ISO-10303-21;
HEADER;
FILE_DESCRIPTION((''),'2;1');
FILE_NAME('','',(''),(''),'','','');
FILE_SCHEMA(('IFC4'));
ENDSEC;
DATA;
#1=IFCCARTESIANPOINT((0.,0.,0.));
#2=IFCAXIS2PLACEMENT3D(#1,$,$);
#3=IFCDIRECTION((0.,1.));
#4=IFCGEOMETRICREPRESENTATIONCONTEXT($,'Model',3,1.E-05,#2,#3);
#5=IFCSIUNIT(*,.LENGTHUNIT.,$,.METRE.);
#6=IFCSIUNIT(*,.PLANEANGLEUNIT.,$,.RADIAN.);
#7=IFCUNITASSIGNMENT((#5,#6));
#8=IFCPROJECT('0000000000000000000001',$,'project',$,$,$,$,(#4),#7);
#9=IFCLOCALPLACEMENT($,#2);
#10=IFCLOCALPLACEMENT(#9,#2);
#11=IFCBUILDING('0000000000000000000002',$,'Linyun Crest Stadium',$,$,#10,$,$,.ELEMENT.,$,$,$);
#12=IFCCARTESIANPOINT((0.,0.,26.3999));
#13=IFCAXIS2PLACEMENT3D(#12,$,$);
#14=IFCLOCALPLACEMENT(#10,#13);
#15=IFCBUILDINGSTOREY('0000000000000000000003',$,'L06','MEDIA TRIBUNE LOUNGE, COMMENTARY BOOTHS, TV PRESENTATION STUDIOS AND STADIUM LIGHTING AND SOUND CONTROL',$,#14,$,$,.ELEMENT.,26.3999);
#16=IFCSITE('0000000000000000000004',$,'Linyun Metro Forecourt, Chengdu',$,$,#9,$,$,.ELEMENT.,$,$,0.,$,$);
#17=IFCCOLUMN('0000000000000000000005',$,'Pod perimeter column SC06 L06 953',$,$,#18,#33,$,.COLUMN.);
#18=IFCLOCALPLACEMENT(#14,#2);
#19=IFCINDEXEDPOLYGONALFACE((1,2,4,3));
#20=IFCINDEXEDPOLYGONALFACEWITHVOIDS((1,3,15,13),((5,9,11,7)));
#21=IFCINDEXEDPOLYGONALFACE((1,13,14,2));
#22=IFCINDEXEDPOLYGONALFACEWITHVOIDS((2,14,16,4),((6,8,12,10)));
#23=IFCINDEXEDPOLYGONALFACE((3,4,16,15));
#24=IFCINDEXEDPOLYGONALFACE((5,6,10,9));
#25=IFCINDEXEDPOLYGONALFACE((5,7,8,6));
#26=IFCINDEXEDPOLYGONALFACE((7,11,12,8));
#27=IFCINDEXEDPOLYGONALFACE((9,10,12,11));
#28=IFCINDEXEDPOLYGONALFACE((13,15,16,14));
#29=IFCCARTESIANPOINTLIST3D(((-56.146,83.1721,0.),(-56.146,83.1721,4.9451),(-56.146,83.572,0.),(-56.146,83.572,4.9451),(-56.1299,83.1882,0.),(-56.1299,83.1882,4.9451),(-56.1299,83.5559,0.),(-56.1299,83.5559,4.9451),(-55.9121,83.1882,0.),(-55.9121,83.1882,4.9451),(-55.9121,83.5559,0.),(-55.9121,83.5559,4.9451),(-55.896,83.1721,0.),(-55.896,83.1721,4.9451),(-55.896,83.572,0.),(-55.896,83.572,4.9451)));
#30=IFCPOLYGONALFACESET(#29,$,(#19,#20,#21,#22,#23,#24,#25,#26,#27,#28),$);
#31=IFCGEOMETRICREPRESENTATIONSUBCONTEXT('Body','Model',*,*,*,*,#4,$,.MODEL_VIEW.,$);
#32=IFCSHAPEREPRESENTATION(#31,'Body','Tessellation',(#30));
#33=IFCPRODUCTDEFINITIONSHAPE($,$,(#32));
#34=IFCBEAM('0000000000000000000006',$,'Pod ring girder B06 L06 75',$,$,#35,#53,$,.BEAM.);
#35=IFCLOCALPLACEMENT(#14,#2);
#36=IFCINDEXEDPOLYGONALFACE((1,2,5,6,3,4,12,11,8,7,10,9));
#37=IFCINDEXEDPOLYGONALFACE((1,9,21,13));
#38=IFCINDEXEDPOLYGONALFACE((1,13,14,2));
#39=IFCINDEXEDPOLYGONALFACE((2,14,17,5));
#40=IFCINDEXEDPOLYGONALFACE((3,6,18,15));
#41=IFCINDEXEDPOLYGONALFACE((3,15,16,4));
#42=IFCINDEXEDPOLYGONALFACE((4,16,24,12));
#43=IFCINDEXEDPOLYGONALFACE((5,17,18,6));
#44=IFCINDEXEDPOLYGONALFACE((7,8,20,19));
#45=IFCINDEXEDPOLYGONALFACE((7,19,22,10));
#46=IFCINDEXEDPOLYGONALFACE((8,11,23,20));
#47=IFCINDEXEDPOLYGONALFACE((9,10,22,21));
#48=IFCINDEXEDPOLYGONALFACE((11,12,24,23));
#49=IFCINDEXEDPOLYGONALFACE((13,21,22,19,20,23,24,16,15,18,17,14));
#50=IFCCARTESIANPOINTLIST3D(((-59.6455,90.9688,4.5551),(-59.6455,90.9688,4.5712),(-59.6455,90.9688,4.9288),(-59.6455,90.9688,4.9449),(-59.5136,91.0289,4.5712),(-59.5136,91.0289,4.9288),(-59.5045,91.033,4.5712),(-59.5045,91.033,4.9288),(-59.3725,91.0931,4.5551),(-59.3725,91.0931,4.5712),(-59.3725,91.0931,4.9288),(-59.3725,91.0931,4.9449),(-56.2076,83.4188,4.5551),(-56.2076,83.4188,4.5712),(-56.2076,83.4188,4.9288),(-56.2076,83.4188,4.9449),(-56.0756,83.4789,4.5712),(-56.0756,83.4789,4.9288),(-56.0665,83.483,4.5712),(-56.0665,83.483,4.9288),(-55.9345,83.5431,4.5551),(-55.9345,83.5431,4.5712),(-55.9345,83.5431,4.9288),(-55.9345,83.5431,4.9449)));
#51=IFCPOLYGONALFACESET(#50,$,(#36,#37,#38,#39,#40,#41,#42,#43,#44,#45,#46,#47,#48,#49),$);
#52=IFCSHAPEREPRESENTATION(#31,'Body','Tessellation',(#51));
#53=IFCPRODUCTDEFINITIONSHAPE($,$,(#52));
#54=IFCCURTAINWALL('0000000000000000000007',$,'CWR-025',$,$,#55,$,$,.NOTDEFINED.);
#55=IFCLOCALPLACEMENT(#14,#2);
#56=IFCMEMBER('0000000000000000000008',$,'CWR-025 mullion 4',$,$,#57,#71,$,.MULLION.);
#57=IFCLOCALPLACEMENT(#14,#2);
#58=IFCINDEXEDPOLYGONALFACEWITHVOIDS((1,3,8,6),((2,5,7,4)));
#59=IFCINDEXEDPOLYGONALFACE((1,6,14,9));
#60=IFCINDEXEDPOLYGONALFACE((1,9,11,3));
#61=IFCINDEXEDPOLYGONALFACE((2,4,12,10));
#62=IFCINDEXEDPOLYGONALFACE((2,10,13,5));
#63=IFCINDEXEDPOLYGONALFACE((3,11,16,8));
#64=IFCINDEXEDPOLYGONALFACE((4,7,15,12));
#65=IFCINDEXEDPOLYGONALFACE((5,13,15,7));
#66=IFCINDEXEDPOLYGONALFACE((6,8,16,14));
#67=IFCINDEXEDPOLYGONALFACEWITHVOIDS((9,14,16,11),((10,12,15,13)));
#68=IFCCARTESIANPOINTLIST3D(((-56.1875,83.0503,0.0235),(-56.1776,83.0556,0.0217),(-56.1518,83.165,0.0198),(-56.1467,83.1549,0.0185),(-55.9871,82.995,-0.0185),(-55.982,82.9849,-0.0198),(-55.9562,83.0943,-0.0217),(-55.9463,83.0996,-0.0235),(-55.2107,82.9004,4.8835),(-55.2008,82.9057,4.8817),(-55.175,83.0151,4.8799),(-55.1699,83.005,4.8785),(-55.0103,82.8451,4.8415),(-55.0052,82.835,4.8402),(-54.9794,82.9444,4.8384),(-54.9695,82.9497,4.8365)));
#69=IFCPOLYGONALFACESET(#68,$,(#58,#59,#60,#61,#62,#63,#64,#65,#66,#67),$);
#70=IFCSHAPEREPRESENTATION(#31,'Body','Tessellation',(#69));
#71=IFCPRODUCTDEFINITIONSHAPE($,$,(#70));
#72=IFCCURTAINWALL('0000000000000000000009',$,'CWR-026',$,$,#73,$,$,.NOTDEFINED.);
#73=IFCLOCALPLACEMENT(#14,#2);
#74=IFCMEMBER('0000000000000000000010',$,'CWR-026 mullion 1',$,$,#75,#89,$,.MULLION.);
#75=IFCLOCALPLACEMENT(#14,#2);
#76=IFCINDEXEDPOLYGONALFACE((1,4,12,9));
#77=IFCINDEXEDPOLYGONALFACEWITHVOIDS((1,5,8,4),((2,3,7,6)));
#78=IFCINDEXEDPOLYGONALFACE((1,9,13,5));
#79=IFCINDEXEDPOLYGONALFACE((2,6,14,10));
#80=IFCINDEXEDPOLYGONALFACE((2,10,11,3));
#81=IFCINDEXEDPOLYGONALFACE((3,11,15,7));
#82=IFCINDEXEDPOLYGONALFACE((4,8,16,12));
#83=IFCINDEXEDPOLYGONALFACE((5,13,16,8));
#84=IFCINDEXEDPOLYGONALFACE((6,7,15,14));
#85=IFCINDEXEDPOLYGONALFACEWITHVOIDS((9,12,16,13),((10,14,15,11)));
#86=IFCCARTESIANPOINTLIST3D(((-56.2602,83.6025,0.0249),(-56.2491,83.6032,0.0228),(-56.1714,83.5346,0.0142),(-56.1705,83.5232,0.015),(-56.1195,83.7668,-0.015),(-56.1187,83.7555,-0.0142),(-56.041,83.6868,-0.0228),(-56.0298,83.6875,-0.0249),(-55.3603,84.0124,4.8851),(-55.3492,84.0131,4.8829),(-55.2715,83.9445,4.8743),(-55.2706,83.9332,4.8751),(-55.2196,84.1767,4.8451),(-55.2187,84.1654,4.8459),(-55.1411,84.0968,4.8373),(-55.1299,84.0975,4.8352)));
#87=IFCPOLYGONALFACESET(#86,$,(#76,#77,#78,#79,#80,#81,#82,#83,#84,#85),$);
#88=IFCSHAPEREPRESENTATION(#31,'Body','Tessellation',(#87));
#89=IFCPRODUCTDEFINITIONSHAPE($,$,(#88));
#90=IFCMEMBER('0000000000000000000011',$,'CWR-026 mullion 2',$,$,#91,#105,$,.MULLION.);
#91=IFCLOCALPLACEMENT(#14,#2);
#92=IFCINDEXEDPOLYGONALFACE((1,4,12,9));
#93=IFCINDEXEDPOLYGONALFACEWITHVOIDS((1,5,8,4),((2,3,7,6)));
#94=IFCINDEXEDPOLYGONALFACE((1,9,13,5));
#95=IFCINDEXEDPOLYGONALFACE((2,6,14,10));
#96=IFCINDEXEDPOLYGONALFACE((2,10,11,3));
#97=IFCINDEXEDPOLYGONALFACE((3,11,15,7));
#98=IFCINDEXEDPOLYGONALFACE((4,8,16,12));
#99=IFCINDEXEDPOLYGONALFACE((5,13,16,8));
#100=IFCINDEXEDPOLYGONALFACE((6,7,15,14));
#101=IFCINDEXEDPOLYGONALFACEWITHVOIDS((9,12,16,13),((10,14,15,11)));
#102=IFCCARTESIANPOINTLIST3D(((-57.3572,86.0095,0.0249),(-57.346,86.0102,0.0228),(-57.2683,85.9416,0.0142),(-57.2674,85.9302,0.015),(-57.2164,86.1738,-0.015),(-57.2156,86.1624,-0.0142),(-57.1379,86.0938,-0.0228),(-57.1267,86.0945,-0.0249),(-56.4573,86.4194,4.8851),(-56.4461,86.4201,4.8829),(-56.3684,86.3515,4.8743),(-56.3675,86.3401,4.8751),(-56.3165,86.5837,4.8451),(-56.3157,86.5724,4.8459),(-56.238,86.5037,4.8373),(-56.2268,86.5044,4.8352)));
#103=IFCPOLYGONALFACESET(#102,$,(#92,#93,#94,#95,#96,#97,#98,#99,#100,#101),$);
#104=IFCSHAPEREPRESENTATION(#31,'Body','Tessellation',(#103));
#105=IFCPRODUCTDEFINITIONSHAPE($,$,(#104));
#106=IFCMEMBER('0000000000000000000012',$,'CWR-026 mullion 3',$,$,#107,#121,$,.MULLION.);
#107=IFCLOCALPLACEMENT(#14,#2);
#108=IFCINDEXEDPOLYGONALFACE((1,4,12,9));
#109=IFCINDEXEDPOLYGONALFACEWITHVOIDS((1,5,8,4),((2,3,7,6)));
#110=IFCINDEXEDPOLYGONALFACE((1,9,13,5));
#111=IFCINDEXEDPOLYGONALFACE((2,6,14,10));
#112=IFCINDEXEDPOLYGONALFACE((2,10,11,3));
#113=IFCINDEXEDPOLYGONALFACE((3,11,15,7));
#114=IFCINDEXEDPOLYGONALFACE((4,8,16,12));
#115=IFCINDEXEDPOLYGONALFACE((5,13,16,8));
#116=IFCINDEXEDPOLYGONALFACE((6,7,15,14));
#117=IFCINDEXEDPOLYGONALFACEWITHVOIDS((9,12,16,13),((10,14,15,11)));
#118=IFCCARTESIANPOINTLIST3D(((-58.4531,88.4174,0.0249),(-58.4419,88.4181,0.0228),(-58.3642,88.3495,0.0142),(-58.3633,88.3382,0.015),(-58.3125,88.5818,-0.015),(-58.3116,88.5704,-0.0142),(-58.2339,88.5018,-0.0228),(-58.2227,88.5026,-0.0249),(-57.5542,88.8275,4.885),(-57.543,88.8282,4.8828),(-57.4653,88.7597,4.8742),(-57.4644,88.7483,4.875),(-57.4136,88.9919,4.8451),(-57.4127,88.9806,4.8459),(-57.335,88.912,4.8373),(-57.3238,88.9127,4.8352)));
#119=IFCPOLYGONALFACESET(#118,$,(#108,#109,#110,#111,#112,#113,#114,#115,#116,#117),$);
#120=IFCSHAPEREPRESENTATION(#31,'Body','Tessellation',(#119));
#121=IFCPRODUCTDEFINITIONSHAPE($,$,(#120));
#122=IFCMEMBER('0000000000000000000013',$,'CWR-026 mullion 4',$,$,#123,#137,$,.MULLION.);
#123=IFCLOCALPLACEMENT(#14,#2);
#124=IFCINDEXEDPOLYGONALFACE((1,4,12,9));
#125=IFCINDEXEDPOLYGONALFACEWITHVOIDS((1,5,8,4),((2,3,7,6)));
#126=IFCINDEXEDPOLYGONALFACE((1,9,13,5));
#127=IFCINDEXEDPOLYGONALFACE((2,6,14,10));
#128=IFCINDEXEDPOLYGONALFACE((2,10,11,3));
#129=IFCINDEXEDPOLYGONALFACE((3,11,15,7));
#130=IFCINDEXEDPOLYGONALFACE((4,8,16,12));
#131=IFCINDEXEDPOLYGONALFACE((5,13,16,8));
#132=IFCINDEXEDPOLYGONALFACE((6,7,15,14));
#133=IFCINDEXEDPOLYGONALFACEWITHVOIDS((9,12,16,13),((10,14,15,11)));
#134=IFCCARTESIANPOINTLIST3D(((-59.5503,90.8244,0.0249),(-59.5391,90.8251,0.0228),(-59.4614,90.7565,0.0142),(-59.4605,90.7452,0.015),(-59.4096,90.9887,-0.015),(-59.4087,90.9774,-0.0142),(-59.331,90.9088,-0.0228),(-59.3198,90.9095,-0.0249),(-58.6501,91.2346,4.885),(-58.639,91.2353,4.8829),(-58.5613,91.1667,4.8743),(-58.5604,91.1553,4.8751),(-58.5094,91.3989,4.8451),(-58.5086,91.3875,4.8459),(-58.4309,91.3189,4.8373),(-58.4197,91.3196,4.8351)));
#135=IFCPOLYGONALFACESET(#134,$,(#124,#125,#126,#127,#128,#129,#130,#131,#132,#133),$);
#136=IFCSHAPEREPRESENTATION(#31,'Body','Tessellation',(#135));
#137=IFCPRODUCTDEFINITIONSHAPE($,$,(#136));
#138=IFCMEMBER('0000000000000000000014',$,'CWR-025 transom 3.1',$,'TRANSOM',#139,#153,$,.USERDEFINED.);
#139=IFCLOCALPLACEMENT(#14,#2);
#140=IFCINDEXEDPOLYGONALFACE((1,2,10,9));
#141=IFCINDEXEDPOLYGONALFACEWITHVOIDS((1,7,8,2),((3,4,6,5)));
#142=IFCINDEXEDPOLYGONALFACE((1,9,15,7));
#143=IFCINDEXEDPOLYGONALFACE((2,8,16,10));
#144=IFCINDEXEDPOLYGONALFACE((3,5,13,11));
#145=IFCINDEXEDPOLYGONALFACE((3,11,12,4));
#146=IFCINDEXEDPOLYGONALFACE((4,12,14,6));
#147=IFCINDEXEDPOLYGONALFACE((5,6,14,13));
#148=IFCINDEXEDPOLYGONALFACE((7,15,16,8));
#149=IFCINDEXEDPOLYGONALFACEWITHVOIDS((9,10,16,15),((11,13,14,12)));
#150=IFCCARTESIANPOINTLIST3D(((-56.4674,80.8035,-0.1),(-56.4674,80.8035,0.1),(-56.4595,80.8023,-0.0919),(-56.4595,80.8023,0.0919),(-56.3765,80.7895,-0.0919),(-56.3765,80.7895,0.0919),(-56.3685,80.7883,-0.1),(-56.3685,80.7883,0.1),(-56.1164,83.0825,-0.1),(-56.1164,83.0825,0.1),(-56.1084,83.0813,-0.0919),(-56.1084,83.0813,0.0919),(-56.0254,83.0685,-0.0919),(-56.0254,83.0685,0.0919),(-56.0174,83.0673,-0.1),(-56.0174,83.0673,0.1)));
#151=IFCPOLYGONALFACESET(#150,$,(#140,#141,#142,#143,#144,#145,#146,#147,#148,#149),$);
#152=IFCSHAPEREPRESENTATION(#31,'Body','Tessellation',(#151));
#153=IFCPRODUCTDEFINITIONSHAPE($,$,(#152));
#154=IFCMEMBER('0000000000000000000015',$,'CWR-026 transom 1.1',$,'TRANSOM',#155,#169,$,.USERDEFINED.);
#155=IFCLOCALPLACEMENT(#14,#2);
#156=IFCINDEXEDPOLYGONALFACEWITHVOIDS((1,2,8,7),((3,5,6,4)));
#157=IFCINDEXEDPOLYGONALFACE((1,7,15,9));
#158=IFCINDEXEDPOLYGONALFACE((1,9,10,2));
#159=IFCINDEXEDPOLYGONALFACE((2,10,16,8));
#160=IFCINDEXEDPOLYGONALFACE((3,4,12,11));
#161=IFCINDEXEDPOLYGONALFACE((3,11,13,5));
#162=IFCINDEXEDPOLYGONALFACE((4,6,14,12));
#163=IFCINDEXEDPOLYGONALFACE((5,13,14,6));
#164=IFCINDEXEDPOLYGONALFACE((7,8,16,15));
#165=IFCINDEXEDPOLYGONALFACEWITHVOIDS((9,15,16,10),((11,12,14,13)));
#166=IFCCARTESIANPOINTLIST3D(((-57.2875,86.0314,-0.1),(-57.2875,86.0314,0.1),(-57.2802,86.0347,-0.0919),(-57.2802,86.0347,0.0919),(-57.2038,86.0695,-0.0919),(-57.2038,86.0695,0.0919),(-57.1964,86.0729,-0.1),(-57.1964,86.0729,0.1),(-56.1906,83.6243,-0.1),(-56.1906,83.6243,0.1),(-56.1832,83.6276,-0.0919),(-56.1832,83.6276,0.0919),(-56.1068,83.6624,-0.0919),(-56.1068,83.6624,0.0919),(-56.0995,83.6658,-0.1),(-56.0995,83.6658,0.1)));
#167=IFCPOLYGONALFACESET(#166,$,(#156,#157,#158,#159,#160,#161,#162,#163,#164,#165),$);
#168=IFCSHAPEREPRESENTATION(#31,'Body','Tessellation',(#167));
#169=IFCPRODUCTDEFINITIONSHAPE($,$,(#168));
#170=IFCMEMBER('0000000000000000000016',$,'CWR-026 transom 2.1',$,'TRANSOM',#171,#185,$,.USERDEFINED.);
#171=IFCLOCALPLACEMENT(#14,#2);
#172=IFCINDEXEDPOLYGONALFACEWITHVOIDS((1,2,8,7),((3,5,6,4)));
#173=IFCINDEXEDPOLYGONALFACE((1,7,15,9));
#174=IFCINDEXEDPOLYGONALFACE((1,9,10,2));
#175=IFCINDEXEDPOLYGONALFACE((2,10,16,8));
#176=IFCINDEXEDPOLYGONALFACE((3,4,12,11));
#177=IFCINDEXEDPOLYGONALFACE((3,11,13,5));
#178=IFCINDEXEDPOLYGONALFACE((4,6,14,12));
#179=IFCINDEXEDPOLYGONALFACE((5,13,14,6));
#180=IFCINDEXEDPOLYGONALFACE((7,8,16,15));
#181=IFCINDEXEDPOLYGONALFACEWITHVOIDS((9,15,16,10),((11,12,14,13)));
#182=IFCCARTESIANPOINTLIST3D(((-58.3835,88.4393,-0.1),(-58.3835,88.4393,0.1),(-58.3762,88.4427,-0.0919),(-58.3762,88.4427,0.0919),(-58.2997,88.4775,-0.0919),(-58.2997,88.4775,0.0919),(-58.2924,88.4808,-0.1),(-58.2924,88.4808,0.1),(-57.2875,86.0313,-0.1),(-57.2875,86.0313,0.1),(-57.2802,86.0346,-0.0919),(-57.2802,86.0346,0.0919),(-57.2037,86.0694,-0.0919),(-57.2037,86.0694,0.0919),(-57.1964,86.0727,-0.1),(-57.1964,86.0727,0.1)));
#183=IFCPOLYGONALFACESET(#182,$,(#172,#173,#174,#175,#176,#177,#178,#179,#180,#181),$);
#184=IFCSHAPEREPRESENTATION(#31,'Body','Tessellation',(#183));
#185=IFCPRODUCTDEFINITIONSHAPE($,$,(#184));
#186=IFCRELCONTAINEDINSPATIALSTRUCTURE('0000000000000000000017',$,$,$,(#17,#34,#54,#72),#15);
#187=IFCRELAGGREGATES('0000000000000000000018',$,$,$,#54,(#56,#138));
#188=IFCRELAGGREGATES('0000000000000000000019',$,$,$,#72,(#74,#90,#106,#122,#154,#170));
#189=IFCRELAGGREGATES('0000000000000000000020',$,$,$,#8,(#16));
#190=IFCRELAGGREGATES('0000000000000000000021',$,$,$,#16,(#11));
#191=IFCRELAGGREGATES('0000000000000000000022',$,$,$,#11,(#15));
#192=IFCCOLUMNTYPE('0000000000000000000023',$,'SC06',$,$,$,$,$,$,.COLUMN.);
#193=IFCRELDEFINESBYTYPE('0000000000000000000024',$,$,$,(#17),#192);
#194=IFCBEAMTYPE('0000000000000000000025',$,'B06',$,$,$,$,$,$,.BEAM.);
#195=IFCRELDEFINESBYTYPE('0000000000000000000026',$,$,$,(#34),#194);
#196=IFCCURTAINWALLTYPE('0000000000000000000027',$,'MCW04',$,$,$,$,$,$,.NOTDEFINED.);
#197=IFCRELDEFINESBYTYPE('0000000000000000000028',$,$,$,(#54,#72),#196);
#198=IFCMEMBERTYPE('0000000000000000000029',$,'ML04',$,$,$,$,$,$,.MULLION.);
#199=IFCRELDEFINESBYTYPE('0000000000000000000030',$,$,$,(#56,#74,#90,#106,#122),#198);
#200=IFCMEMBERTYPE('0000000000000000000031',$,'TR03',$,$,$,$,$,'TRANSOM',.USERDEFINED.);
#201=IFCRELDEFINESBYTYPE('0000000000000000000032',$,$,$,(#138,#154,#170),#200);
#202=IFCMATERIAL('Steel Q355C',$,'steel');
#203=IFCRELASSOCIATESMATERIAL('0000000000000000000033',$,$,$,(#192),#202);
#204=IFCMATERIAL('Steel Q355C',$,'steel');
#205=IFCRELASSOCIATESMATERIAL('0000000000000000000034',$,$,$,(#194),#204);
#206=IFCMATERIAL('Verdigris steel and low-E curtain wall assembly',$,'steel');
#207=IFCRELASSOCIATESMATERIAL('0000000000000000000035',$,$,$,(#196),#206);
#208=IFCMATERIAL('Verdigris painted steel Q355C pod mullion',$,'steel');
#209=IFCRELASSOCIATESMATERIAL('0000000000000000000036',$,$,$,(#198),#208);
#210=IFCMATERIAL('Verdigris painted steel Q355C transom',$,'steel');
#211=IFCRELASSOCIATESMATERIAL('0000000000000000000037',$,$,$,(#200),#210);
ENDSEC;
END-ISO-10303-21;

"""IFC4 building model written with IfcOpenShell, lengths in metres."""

from ifc_helpers import new_model, si_unit, direction, frame, origin, origin_2d, place, context, subcontext, project, spatial, hollow_rectangle, i_section, extrude, material, material_profile, profile_set, type_object, element, aggregate, save


model = new_model("IFC4")

# Units and contexts
model_context = context("Model", 3, precision=1e-05, world=origin(), true_north=direction((0.0, 1.0)))
body_context = subcontext(model_context, "Body", "Model", "MODEL_VIEW")
ifc_project = project(units=[si_unit("LENGTHUNIT", "METRE"), si_unit("PLANEANGLEUNIT", "RADIAN")], contexts=[model_context])

# Site, building, storey
site_placement = place(None, origin())
site = spatial("IfcSite", under=ifc_project, at=site_placement, Name="Linyun Metro Forecourt, Chengdu", CompositionType="ELEMENT", RefElevation=0.0)
building_placement = place(site_placement, origin())
building = spatial("IfcBuilding", under=site, at=building_placement, Name="Linyun Crest Stadium", CompositionType="ELEMENT")
storey_placement = place(building_placement, frame((0.0, 0.0, 26.3999)))
storey = spatial("IfcBuildingStorey", under=building, at=storey_placement, Name="L06", Description="MEDIA TRIBUNE LOUNGE, COMMENTARY BOOTHS, TV PRESENTATION STUDIOS AND STADIUM LIGHTING AND SOUND CONTROL", CompositionType="ELEMENT", Elevation=26.3999)

# Column
ifc_material_1 = material(Name="Steel Q355C", Category="steel")
ifc_material_profile_1 = material_profile(ifc_material_1, hollow_rectangle(XDim=0.25, YDim=0.3999, WallThickness=0.0161, at=origin_2d()), Name="RHS 400x250x16")
ifc_profile_set_1 = profile_set([ifc_material_profile_1], Name="Steel Q355C")
column_type = type_object("IfcColumnType", Name="SC06", PredefinedType="COLUMN", material=ifc_profile_set_1)
column_placement = place(storey_placement, frame((-56.021, 83.3721, 0.0), z_axis=(0.0, 0.0, 1.0), x_axis=(1.0, 0.0, 0.0)))
element("IfcColumn", 1, at=column_placement, inside=storey, type_object=column_type, Name="Pod perimeter column SC06 L06 953", PredefinedType="COLUMN", context=body_context, shape_type="SweptSolid", body=[
    extrude(hollow_rectangle(XDim=0.25, YDim=0.3999, WallThickness=0.0161, at=origin_2d()), origin(), (0.0, 0.0, 1.0), 4.9451),
])

# Beam
ifc_material_2 = material(Name="Steel Q355C", Category="steel")
ifc_material_profile_2 = material_profile(ifc_material_2, i_section(OverallWidth=0.3, OverallDepth=0.3899, WebThickness=0.01, FlangeThickness=0.0161, at=origin_2d()), Name="HM 390x300")
ifc_profile_set_2 = profile_set([ifc_material_profile_2], Name="Steel Q355C")
beam_type = type_object("IfcBeamType", Name="B06", PredefinedType="BEAM", material=ifc_profile_set_2)
beam_placement = place(storey_placement, frame((-56.071, 83.481, 4.75), z_axis=(-0.414417, 0.910087, 0.0), x_axis=(-0.910087, -0.414417, 0.0)))
element("IfcBeam", 2, at=beam_placement, inside=storey, type_object=beam_type, Name="Pod ring girder B06 L06 75", PredefinedType="BEAM", context=body_context, shape_type="SweptSolid", body=[
    extrude(i_section(OverallWidth=0.3, OverallDepth=0.3899, WebThickness=0.01, FlangeThickness=0.0161, at=origin_2d()), origin(), (0.0, 0.0, 1.0), 8.2959),
])

# Curtain wall, member
ifc_material_3 = material(Name="Verdigris steel and low-E curtain wall assembly", Category="steel")
curtain_wall_type = type_object("IfcCurtainWallType", Name="MCW04", PredefinedType="NOTDEFINED", material=ifc_material_3)
curtain_wall_1_placement = place(storey_placement, origin())
curtain_wall_1 = element("IfcCurtainWall", 3, at=curtain_wall_1_placement, inside=storey, type_object=curtain_wall_type, Name="CWR-025", PredefinedType="NOTDEFINED")
ifc_material_4 = material(Name="Verdigris painted steel Q355C pod mullion", Category="steel")
ifc_material_profile_3 = material_profile(ifc_material_4, hollow_rectangle(XDim=0.1201, YDim=0.22, WallThickness=0.0081, at=origin_2d()), Name="RHS 220x120x8")
ifc_profile_set_3 = profile_set([ifc_material_profile_3], Name="Verdigris painted steel Q355C pod mullion")
member_type_1 = type_object("IfcMemberType", Name="ML04", PredefinedType="MULLION", material=ifc_profile_set_3)
member_1_placement = place(storey_placement, frame((-56.0669, 83.075, 0.0), z_axis=(0.196954, -0.030225, 0.979947), x_axis=(-0.297268, -0.954313, 0.030312)))
member_1 = element("IfcMember", 4, at=member_1_placement, type_object=member_type_1, Name="CWR-025 mullion 4", PredefinedType="MULLION", context=body_context, shape_type="SweptSolid", body=[
    extrude(hollow_rectangle(XDim=0.1201, YDim=0.22, WallThickness=0.0081, at=origin_2d()), origin(), (0.0, 0.0, 1.0), 4.9595),
])

# Curtain wall, members
curtain_wall_2_placement = place(storey_placement, origin())
curtain_wall_2 = element("IfcCurtainWall", 5, at=curtain_wall_2_placement, inside=storey, type_object=curtain_wall_type, Name="CWR-026", PredefinedType="NOTDEFINED")
member_2_placement = place(storey_placement, frame((-56.145, 83.645, 0.0), z_axis=(0.181443, 0.082649, 0.979922), x_axis=(0.746902, -0.659778, -0.08265)))
member_2 = element("IfcMember", 6, at=member_2_placement, type_object=member_type_1, Name="CWR-026 mullion 1", PredefinedType="MULLION", context=body_context, shape_type="SweptSolid", body=[
    extrude(hollow_rectangle(XDim=0.1201, YDim=0.22, WallThickness=0.0081, at=origin_2d()), origin(), (0.0, 0.0, 1.0), 4.9597),
])
member_3_placement = place(storey_placement, frame((-57.2419, 86.052, 0.0), z_axis=(0.181443, 0.082649, 0.979922), x_axis=(0.746902, -0.659778, -0.08265)))
member_3 = element("IfcMember", 7, at=member_3_placement, type_object=member_type_1, Name="CWR-026 mullion 2", PredefinedType="MULLION", context=body_context, shape_type="SweptSolid", body=[
    extrude(hollow_rectangle(XDim=0.1201, YDim=0.22, WallThickness=0.0081, at=origin_2d()), origin(), (0.0, 0.0, 1.0), 4.9597),
])
member_4_placement = place(storey_placement, frame((-58.3379, 88.46, 0.0), z_axis=(0.181252, 0.082701, 0.979953), x_axis=(0.747332, -0.659298, -0.082587)))
member_4 = element("IfcMember", 8, at=member_4_placement, type_object=member_type_1, Name="CWR-026 mullion 3", PredefinedType="MULLION", context=body_context, shape_type="SweptSolid", body=[
    extrude(hollow_rectangle(XDim=0.1201, YDim=0.22, WallThickness=0.0081, at=origin_2d()), origin(), (0.0, 0.0, 1.0), 4.9595),
])
member_5_placement = place(storey_placement, frame((-59.4351, 90.8669, 0.0), z_axis=(0.18149, 0.082697, 0.979909), x_axis=(0.746978, -0.659688, -0.082676)))
member_5 = element("IfcMember", 9, at=member_5_placement, type_object=member_type_1, Name="CWR-026 mullion 4", PredefinedType="MULLION", context=body_context, shape_type="SweptSolid", body=[
    extrude(hollow_rectangle(XDim=0.1201, YDim=0.22, WallThickness=0.0081, at=origin_2d()), origin(), (0.0, 0.0, 1.0), 4.9597),
])

# Members
ifc_material_5 = material(Name="Verdigris painted steel Q355C transom", Category="steel")
ifc_material_profile_4 = material_profile(ifc_material_5, hollow_rectangle(XDim=0.1001, YDim=0.2, WallThickness=0.0081, at=origin_2d()), Name="RHS 200x100x8")
ifc_profile_set_4 = profile_set([ifc_material_profile_4], Name="Verdigris painted steel Q355C transom")
member_type_2 = type_object("IfcMemberType", Name="TR03", ElementType="TRANSOM", PredefinedType="USERDEFINED", material=ifc_profile_set_4)
member_6_placement = place(storey_placement, frame((-56.418, 80.7959, 0.0), z_axis=(0.152248, 0.988342, 0.0), x_axis=(-0.988342, 0.152248, 0.0)))
member_6 = element("IfcMember", 10, at=member_6_placement, type_object=member_type_2, Name="CWR-025 transom 3.1", ObjectType="TRANSOM", PredefinedType="USERDEFINED", context=body_context, shape_type="SweptSolid", body=[
    extrude(hollow_rectangle(XDim=0.1001, YDim=0.2, WallThickness=0.0081, at=origin_2d()), origin(), (0.0, 0.0, 1.0), 2.3059),
])
member_7_placement = place(storey_placement, frame((-56.145, 83.645, 0.0), z_axis=(-0.414693, 0.909961, 0.0), x_axis=(-0.909961, -0.414693, 0.0)))
member_7 = element("IfcMember", 11, at=member_7_placement, type_object=member_type_2, Name="CWR-026 transom 1.1", ObjectType="TRANSOM", PredefinedType="USERDEFINED", context=body_context, shape_type="SweptSolid", body=[
    extrude(hollow_rectangle(XDim=0.1001, YDim=0.2, WallThickness=0.0081, at=origin_2d()), origin(), (0.0, 0.0, 1.0), 2.6453),
])
member_8_placement = place(storey_placement, frame((-57.2419, 86.052, 0.0), z_axis=(-0.414248, 0.910164, 0.0), x_axis=(-0.910164, -0.414248, 0.0)))
member_8 = element("IfcMember", 12, at=member_8_placement, type_object=member_type_2, Name="CWR-026 transom 2.1", ObjectType="TRANSOM", PredefinedType="USERDEFINED", context=body_context, shape_type="SweptSolid", body=[
    extrude(hollow_rectangle(XDim=0.1001, YDim=0.2, WallThickness=0.0081, at=origin_2d()), origin(), (0.0, 0.0, 1.0), 2.6458),
])

aggregate(curtain_wall_1, [member_1, member_6])
aggregate(curtain_wall_2, [member_2, member_3, member_4, member_5, member_7, member_8])

save(model, "model.ifc")
